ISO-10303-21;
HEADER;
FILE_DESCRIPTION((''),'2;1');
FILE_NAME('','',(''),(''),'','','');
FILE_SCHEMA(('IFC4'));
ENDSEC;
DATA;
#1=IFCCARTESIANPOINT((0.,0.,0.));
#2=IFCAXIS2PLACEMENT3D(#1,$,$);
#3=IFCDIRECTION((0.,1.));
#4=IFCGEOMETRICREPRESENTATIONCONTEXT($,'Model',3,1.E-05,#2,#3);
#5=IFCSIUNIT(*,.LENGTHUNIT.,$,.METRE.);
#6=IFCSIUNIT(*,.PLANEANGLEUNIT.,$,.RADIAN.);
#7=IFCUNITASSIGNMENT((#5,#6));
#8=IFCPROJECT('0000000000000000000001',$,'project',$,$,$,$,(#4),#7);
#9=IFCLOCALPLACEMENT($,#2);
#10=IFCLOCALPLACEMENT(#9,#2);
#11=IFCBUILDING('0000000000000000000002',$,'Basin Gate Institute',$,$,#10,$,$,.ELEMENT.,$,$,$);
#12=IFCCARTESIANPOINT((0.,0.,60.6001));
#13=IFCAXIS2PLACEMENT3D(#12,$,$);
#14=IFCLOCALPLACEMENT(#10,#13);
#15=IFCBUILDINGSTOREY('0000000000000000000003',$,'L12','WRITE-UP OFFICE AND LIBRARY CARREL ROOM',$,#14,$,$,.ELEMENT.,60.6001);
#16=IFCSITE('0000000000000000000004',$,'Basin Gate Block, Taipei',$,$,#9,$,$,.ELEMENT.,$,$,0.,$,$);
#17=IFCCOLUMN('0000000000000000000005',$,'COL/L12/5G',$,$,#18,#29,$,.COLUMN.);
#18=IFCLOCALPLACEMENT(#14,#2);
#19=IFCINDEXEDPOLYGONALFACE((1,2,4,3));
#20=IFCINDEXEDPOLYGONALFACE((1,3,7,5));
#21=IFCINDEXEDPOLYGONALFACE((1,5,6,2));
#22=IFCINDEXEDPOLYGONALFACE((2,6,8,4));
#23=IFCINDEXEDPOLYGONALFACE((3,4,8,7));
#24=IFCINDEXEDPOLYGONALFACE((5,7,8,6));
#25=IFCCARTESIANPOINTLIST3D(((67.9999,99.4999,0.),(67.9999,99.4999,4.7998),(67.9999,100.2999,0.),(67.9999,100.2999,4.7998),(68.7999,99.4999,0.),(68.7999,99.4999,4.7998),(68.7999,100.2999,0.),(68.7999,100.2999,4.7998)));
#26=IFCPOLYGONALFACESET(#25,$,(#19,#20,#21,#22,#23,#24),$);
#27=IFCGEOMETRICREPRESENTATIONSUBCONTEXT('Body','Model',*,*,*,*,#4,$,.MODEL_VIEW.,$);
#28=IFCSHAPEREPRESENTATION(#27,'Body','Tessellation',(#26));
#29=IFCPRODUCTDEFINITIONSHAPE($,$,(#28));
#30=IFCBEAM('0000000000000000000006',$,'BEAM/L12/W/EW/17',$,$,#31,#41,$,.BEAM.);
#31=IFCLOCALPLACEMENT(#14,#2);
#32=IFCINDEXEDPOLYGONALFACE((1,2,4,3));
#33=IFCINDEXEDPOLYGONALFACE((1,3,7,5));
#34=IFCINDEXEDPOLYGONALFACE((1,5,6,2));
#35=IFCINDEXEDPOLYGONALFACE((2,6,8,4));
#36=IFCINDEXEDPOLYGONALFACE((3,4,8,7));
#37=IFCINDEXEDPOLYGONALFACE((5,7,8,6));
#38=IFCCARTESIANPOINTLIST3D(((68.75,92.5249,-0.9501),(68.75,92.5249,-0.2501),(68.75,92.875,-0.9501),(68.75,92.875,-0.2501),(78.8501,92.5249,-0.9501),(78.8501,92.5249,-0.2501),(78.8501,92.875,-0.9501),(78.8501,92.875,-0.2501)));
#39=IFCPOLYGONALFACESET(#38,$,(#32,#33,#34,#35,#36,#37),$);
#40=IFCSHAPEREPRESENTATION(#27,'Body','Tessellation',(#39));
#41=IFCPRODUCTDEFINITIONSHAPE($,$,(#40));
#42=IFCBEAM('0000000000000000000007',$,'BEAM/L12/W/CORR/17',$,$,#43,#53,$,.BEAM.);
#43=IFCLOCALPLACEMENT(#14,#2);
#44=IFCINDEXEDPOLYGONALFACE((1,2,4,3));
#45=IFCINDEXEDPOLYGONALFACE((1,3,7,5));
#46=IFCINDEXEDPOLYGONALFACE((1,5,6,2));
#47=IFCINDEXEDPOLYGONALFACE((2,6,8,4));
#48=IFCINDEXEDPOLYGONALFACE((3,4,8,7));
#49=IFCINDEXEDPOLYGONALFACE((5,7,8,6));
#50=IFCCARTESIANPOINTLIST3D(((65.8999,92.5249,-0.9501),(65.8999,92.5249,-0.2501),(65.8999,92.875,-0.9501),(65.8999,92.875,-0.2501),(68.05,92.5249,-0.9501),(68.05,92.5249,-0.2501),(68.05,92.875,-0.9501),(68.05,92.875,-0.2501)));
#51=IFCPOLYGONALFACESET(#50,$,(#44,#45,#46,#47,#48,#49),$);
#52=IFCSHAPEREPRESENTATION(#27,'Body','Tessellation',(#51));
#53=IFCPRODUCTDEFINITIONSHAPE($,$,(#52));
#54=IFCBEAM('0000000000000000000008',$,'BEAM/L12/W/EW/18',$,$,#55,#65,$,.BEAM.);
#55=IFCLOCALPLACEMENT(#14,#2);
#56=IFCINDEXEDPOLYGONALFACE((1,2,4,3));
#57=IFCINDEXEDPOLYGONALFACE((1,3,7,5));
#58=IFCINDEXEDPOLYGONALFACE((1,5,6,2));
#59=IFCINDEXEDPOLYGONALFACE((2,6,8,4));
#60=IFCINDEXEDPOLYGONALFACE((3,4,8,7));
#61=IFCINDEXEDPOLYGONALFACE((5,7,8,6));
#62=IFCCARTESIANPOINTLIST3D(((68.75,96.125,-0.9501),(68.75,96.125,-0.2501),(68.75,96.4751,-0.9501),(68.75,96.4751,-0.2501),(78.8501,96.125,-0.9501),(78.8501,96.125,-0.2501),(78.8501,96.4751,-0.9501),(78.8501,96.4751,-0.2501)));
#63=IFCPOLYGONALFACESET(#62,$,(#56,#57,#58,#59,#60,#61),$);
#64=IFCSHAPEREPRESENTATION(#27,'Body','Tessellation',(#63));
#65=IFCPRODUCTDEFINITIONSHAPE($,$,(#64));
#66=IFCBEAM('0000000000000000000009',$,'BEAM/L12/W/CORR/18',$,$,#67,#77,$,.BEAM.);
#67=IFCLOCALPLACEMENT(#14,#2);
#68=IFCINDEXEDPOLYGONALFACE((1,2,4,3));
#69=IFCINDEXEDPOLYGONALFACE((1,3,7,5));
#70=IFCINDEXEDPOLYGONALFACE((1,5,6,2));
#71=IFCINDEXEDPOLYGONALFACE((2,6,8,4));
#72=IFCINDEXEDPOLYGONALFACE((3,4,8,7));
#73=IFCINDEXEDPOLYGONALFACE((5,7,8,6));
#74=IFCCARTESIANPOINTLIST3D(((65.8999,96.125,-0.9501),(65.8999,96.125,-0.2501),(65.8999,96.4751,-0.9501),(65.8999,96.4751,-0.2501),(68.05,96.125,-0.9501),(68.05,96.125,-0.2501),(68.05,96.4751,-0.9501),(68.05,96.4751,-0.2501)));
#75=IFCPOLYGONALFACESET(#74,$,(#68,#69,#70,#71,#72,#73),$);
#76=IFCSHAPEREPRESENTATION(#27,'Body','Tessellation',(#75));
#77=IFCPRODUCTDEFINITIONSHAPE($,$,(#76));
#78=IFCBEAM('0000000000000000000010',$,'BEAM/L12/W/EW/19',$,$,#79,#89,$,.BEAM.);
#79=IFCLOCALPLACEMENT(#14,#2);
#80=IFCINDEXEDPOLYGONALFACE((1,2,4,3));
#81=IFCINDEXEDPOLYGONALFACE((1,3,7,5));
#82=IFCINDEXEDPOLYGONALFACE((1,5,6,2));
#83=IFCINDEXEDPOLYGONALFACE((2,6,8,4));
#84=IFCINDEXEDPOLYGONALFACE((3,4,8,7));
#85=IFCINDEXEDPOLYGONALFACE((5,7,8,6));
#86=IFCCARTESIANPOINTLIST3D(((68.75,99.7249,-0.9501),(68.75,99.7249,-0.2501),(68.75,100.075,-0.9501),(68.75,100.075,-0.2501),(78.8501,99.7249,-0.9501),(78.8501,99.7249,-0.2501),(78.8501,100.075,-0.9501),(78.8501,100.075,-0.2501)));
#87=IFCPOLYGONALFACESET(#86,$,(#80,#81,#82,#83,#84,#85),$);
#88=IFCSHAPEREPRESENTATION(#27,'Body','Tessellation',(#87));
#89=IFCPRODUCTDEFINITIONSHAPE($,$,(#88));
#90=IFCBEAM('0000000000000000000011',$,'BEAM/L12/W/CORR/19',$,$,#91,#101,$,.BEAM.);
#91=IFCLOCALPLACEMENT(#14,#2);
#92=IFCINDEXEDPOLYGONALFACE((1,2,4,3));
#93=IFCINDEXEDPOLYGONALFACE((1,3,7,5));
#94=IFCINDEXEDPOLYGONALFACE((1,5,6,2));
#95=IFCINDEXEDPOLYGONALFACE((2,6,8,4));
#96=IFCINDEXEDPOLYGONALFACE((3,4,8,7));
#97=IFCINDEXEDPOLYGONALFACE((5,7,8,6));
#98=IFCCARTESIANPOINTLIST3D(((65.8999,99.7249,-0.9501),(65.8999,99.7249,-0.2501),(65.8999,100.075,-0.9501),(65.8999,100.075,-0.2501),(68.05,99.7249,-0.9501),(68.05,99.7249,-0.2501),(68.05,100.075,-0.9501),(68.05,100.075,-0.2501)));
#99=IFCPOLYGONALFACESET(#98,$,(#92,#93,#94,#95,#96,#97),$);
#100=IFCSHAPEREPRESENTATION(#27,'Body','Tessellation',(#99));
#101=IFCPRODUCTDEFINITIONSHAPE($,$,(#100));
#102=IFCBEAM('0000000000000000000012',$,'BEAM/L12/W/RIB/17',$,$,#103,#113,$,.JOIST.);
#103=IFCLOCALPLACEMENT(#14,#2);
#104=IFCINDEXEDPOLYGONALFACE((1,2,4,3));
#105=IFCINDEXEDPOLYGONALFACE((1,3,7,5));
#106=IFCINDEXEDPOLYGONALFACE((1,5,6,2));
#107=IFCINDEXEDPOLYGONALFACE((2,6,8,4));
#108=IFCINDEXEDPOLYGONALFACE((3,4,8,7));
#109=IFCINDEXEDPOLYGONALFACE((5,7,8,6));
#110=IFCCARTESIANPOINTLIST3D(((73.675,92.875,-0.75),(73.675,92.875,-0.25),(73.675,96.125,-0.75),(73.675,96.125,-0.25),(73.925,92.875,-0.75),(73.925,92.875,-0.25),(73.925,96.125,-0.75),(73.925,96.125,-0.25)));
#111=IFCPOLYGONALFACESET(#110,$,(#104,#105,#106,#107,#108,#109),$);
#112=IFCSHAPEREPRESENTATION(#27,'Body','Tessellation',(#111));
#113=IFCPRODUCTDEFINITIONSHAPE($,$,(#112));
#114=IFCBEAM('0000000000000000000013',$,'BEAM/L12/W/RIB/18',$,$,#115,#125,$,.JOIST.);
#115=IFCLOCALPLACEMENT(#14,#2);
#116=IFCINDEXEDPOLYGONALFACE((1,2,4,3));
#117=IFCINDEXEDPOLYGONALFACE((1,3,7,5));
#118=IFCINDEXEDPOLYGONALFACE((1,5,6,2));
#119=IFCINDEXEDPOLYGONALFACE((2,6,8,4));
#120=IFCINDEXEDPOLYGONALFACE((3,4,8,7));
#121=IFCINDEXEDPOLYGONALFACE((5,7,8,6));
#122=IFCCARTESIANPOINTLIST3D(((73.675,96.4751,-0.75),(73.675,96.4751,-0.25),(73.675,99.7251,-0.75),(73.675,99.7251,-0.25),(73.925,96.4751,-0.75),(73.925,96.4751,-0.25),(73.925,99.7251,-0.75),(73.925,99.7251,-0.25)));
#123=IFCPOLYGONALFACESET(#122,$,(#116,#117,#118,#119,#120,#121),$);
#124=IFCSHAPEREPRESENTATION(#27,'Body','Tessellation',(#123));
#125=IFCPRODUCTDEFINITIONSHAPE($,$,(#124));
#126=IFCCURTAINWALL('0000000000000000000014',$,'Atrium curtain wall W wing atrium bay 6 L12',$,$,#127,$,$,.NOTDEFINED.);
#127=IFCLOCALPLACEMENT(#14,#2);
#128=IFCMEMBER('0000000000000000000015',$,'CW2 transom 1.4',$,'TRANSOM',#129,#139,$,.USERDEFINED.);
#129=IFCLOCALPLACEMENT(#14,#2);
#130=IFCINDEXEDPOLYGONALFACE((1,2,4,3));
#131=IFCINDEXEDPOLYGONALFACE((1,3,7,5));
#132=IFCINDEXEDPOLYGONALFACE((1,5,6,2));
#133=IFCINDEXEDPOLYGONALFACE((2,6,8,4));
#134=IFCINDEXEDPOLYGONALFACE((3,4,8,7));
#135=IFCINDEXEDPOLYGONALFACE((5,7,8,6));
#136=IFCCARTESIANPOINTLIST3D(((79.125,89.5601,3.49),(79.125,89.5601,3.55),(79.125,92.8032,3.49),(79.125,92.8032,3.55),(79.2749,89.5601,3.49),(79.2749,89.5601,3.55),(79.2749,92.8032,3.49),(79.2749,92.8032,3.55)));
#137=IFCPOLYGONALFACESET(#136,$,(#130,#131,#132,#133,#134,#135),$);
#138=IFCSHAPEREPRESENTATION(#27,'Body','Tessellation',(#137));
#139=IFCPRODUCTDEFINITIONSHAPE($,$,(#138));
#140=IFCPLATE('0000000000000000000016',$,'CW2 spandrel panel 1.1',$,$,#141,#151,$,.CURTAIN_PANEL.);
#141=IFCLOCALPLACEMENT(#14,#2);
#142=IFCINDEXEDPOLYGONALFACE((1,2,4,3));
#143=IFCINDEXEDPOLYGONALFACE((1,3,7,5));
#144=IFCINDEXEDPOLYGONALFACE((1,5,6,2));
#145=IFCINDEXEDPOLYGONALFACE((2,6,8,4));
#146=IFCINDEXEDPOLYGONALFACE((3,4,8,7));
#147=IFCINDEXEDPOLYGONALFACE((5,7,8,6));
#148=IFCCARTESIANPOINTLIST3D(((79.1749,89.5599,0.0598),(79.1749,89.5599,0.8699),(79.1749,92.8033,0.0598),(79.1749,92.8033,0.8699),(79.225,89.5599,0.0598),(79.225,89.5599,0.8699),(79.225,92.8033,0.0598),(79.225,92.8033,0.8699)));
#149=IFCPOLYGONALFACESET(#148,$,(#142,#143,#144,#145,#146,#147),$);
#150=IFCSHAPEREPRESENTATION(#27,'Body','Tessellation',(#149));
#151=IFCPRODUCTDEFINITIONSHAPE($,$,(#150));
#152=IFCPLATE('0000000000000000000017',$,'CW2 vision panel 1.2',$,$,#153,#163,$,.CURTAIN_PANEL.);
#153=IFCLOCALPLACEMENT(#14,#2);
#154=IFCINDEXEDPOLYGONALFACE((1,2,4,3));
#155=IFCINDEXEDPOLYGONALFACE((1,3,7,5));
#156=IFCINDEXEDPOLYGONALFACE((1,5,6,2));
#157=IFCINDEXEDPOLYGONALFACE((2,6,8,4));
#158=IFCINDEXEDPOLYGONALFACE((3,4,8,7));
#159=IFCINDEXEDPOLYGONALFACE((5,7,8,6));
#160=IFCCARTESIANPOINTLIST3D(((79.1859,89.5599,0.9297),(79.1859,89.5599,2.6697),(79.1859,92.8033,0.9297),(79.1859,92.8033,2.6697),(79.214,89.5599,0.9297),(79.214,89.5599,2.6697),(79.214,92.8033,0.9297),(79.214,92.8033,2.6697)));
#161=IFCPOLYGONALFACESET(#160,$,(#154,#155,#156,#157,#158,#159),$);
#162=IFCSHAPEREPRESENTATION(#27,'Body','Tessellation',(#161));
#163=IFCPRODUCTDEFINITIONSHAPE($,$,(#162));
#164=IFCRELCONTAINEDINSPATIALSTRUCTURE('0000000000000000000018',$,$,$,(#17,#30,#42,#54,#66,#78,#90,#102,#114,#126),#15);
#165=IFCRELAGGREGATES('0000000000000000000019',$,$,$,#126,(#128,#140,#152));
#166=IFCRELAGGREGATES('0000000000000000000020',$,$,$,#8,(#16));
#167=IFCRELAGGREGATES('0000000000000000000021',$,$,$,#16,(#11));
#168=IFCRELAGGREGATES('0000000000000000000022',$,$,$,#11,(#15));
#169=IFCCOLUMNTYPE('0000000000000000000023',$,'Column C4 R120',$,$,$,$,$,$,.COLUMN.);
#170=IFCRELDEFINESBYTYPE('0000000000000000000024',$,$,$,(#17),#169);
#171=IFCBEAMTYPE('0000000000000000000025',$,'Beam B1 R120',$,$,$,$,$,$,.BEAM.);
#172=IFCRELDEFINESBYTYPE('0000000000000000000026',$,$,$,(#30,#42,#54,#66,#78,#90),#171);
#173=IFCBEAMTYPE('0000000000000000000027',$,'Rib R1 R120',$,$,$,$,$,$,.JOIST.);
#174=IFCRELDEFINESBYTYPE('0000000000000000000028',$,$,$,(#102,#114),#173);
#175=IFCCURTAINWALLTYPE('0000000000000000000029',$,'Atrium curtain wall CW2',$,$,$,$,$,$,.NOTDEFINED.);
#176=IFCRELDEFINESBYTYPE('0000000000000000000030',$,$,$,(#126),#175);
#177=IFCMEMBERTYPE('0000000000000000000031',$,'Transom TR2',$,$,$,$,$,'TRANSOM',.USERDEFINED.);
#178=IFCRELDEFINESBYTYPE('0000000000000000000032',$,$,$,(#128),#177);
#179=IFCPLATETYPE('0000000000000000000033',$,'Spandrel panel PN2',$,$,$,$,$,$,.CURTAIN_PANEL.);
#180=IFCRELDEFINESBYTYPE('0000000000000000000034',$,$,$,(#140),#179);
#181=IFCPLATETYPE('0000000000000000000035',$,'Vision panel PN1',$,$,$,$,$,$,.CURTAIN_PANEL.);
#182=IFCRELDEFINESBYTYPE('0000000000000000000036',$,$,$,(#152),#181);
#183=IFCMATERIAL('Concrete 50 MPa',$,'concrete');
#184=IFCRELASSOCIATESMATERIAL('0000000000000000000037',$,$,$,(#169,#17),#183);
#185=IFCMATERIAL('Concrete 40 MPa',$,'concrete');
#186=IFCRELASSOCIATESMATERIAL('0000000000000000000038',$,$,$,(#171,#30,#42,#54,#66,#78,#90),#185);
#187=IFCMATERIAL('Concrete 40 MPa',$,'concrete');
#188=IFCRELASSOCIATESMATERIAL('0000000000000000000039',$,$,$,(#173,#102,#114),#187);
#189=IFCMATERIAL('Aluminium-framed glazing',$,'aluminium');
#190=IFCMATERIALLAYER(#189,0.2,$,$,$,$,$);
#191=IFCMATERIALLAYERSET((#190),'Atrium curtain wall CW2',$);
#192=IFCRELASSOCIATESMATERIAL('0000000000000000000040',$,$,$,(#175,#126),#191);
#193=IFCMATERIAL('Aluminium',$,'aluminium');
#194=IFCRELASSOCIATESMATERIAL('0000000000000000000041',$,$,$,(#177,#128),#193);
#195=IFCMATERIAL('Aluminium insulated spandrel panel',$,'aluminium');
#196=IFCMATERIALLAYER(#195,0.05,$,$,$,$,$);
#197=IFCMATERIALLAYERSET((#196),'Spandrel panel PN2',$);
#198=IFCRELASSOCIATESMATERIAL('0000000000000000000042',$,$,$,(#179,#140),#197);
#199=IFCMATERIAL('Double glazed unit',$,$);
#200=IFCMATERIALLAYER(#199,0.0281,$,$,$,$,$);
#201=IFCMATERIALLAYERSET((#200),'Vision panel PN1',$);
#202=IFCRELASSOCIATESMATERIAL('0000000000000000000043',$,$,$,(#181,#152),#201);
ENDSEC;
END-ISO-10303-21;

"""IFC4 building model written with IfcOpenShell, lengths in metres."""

from ifc_helpers import new_model, si_unit, direction, frame, origin, origin_2d, place, context, subcontext, project, spatial, rectangle, extrude, material, layer, layer_set, material_profile, profile_set, type_object, element, aggregate, save


model = new_model("IFC4")

# Units and contexts
model_context = context("Model", 3, precision=1e-05, world=origin(), true_north=direction((0.0, 1.0)))
body_context = subcontext(model_context, "Body", "Model", "MODEL_VIEW")
ifc_project = project(units=[si_unit("LENGTHUNIT", "METRE"), si_unit("PLANEANGLEUNIT", "RADIAN")], contexts=[model_context])

# Site, building, storey
site_placement = place(None, origin())
site = spatial("IfcSite", under=ifc_project, at=site_placement, Name="Basin Gate Block, Taipei", CompositionType="ELEMENT", RefElevation=0.0)
building_placement = place(site_placement, origin())
building = spatial("IfcBuilding", under=site, at=building_placement, Name="Basin Gate Institute", CompositionType="ELEMENT")
storey_placement = place(building_placement, frame((0.0, 0.0, 60.6001)))
storey = spatial("IfcBuildingStorey", under=building, at=storey_placement, Name="L12", Description="WRITE-UP OFFICE AND LIBRARY CARREL ROOM", CompositionType="ELEMENT", Elevation=60.6001)

# Column
ifc_material_1 = material(Name="Concrete 50 MPa", Category="concrete")
ifc_material_profile_1 = material_profile(ifc_material_1, rectangle(XDim=0.8, YDim=0.8, at=origin_2d()), Name="Column C4 800 x 800")
ifc_profile_set_1 = profile_set([ifc_material_profile_1], Name="Concrete 50 MPa")
column_type = type_object("IfcColumnType", Name="Column C4 R120", PredefinedType="COLUMN", material=ifc_profile_set_1)
column_placement = place(storey_placement, frame((68.3999, 99.8999, 0.0), z_axis=(0.0, 0.0, 1.0), x_axis=(1.0, 0.0, 0.0)))
element("IfcColumn", 1, at=column_placement, inside=storey, type_object=column_type, material=ifc_profile_set_1, Name="COL/L12/5G", PredefinedType="COLUMN", context=body_context, shape_type="SweptSolid", body=[
    extrude(rectangle(XDim=0.8, YDim=0.8, at=origin_2d()), origin(), (0.0, 0.0, 1.0), 4.7998),
])

# Beams
ifc_material_2 = material(Name="Concrete 40 MPa", Category="concrete")
ifc_material_profile_2 = material_profile(ifc_material_2, rectangle(XDim=0.3501, YDim=0.7, at=origin_2d()), Name="Beam B1 350 x 700")
ifc_profile_set_2 = profile_set([ifc_material_profile_2], Name="Concrete 40 MPa")
beam_type_1 = type_object("IfcBeamType", Name="Beam B1 R120", PredefinedType="BEAM", material=ifc_profile_set_2)
beam_1_placement = place(storey_placement, frame((68.75, 92.7, -0.6001), z_axis=(1.0, 0.0, 0.0), x_axis=(0.0, 1.0, 0.0)))
element("IfcBeam", 2, at=beam_1_placement, inside=storey, type_object=beam_type_1, material=ifc_profile_set_2, Name="BEAM/L12/W/EW/17", PredefinedType="BEAM", context=body_context, shape_type="SweptSolid", body=[
    extrude(rectangle(XDim=0.3501, YDim=0.7, at=origin_2d()), origin(), (0.0, 0.0, 1.0), 10.1001),
])
beam_2_placement = place(storey_placement, frame((65.8999, 92.7, -0.6001), z_axis=(1.0, 0.0, 0.0), x_axis=(0.0, 1.0, 0.0)))
element("IfcBeam", 3, at=beam_2_placement, inside=storey, type_object=beam_type_1, material=ifc_profile_set_2, Name="BEAM/L12/W/CORR/17", PredefinedType="BEAM", context=body_context, shape_type="SweptSolid", body=[
    extrude(rectangle(XDim=0.3501, YDim=0.7, at=origin_2d()), origin(), (0.0, 0.0, 1.0), 2.1501),
])
beam_3_placement = place(storey_placement, frame((68.75, 96.3, -0.6001), z_axis=(1.0, 0.0, 0.0), x_axis=(0.0, 1.0, 0.0)))
element("IfcBeam", 4, at=beam_3_placement, inside=storey, type_object=beam_type_1, material=ifc_profile_set_2, Name="BEAM/L12/W/EW/18", PredefinedType="BEAM", context=body_context, shape_type="SweptSolid", body=[
    extrude(rectangle(XDim=0.3501, YDim=0.7, at=origin_2d()), origin(), (0.0, 0.0, 1.0), 10.1001),
])
beam_4_placement = place(storey_placement, frame((65.8999, 96.3, -0.6001), z_axis=(1.0, 0.0, 0.0), x_axis=(0.0, 1.0, 0.0)))
element("IfcBeam", 5, at=beam_4_placement, inside=storey, type_object=beam_type_1, material=ifc_profile_set_2, Name="BEAM/L12/W/CORR/18", PredefinedType="BEAM", context=body_context, shape_type="SweptSolid", body=[
    extrude(rectangle(XDim=0.3501, YDim=0.7, at=origin_2d()), origin(), (0.0, 0.0, 1.0), 2.1501),
])
beam_5_placement = place(storey_placement, frame((68.75, 99.8999, -0.6001), z_axis=(1.0, 0.0, 0.0), x_axis=(0.0, 1.0, 0.0)))
element("IfcBeam", 6, at=beam_5_placement, inside=storey, type_object=beam_type_1, material=ifc_profile_set_2, Name="BEAM/L12/W/EW/19", PredefinedType="BEAM", context=body_context, shape_type="SweptSolid", body=[
    extrude(rectangle(XDim=0.3501, YDim=0.7, at=origin_2d()), origin(), (0.0, 0.0, 1.0), 10.1001),
])
beam_6_placement = place(storey_placement, frame((65.8999, 99.8999, -0.6001), z_axis=(1.0, 0.0, 0.0), x_axis=(0.0, 1.0, 0.0)))
element("IfcBeam", 7, at=beam_6_placement, inside=storey, type_object=beam_type_1, material=ifc_profile_set_2, Name="BEAM/L12/W/CORR/19", PredefinedType="BEAM", context=body_context, shape_type="SweptSolid", body=[
    extrude(rectangle(XDim=0.3501, YDim=0.7, at=origin_2d()), origin(), (0.0, 0.0, 1.0), 2.1501),
])
ifc_material_3 = material(Name="Concrete 40 MPa", Category="concrete")
ifc_material_profile_3 = material_profile(ifc_material_3, rectangle(XDim=0.25, YDim=0.5, at=origin_2d()), Name="Rib R1 250 x 500")
ifc_profile_set_3 = profile_set([ifc_material_profile_3], Name="Concrete 40 MPa")
beam_type_2 = type_object("IfcBeamType", Name="Rib R1 R120", PredefinedType="JOIST", material=ifc_profile_set_3)
for number, where, z_axis, x_axis, name in (
    (8, (73.8, 92.875, -0.5), (0.0, 1.0, 0.0), (-1.0, 0.0, 0.0), "BEAM/L12/W/RIB/17"),
    (9, (73.8, 96.4751, -0.5), (0.0, 1.0, 0.0), (-1.0, 0.0, 0.0), "BEAM/L12/W/RIB/18"),
):
    element("IfcBeam", number, at=place(storey_placement, frame(where, z_axis=z_axis, x_axis=x_axis)), inside=storey, type_object=beam_type_2, material=ifc_profile_set_3, Name=name, PredefinedType="JOIST", context=body_context, shape_type="SweptSolid", body=[
        extrude(rectangle(XDim=0.25, YDim=0.5, at=origin_2d()), origin(), (0.0, 0.0, 1.0), 3.25),
    ])

# Curtain wall, member, plates
ifc_material_4 = material(Name="Aluminium-framed glazing", Category="aluminium")
ifc_layer_1 = layer(ifc_material_4, 0.2)
ifc_layer_set_1 = layer_set([ifc_layer_1], Name="Atrium curtain wall CW2")
curtain_wall_type = type_object("IfcCurtainWallType", Name="Atrium curtain wall CW2", PredefinedType="NOTDEFINED", material=ifc_layer_set_1)
curtain_wall_placement = place(storey_placement, origin())
curtain_wall = element("IfcCurtainWall", 10, at=curtain_wall_placement, inside=storey, type_object=curtain_wall_type, material=ifc_layer_set_1, Name="Atrium curtain wall W wing atrium bay 6 L12", PredefinedType="NOTDEFINED")
ifc_material_5 = material(Name="Aluminium", Category="aluminium")
ifc_material_profile_4 = material_profile(ifc_material_5, rectangle(XDim=0.1499, YDim=0.0601, at=origin_2d()), Name="Transom TR2 150 x 60")
ifc_profile_set_4 = profile_set([ifc_material_profile_4], Name="Aluminium")
member_type = type_object("IfcMemberType", Name="Transom TR2", ElementType="TRANSOM", PredefinedType="USERDEFINED", material=ifc_profile_set_4)
member_placement = place(storey_placement, frame((79.2, 89.5601, 3.52), z_axis=(0.0, 1.0, 0.0), x_axis=(-1.0, 0.0, 0.0)))
member = element("IfcMember", 11, at=member_placement, type_object=member_type, material=ifc_profile_set_4, Name="CW2 transom 1.4", ObjectType="TRANSOM", PredefinedType="USERDEFINED", context=body_context, shape_type="SweptSolid", body=[
    extrude(rectangle(XDim=0.1499, YDim=0.0601, at=origin_2d()), origin(), (0.0, 0.0, 1.0), 3.2432),
])
ifc_material_6 = material(Name="Aluminium insulated spandrel panel", Category="aluminium")
ifc_layer_2 = layer(ifc_material_6, 0.05)
ifc_layer_set_2 = layer_set([ifc_layer_2], Name="Spandrel panel PN2")
plate_type_1 = type_object("IfcPlateType", Name="Spandrel panel PN2", PredefinedType="CURTAIN_PANEL", material=ifc_layer_set_2)
plate_1_placement = place(storey_placement, frame((79.2, 91.1816, 0.0598), z_axis=(0.0, 0.0, 1.0), x_axis=(0.0, 1.0, 0.0)))
plate_1 = element("IfcPlate", 12, at=plate_1_placement, type_object=plate_type_1, material=ifc_layer_set_2, Name="CW2 spandrel panel 1.1", PredefinedType="CURTAIN_PANEL", context=body_context, shape_type="SweptSolid", body=[
    extrude(rectangle(XDim=3.2434, YDim=0.05, at=origin_2d()), origin(), (0.0, 0.0, 1.0), 0.8101),
])
ifc_material_7 = material(Name="Double glazed unit")
ifc_layer_3 = layer(ifc_material_7, 0.0281)
ifc_layer_set_3 = layer_set([ifc_layer_3], Name="Vision panel PN1")
plate_type_2 = type_object("IfcPlateType", Name="Vision panel PN1", PredefinedType="CURTAIN_PANEL", material=ifc_layer_set_3)
plate_2_placement = place(storey_placement, frame((79.2, 91.1816, 0.9297), z_axis=(0.0, 0.0, 1.0), x_axis=(0.0, 1.0, 0.0)))
plate_2 = element("IfcPlate", 13, at=plate_2_placement, type_object=plate_type_2, material=ifc_layer_set_3, Name="CW2 vision panel 1.2", PredefinedType="CURTAIN_PANEL", context=body_context, shape_type="SweptSolid", body=[
    extrude(rectangle(XDim=3.2434, YDim=0.0281, at=origin_2d()), origin(), (0.0, 0.0, 1.0), 1.74),
])
aggregate(curtain_wall, [member, plate_1, plate_2])

save(model, "model.ifc")
